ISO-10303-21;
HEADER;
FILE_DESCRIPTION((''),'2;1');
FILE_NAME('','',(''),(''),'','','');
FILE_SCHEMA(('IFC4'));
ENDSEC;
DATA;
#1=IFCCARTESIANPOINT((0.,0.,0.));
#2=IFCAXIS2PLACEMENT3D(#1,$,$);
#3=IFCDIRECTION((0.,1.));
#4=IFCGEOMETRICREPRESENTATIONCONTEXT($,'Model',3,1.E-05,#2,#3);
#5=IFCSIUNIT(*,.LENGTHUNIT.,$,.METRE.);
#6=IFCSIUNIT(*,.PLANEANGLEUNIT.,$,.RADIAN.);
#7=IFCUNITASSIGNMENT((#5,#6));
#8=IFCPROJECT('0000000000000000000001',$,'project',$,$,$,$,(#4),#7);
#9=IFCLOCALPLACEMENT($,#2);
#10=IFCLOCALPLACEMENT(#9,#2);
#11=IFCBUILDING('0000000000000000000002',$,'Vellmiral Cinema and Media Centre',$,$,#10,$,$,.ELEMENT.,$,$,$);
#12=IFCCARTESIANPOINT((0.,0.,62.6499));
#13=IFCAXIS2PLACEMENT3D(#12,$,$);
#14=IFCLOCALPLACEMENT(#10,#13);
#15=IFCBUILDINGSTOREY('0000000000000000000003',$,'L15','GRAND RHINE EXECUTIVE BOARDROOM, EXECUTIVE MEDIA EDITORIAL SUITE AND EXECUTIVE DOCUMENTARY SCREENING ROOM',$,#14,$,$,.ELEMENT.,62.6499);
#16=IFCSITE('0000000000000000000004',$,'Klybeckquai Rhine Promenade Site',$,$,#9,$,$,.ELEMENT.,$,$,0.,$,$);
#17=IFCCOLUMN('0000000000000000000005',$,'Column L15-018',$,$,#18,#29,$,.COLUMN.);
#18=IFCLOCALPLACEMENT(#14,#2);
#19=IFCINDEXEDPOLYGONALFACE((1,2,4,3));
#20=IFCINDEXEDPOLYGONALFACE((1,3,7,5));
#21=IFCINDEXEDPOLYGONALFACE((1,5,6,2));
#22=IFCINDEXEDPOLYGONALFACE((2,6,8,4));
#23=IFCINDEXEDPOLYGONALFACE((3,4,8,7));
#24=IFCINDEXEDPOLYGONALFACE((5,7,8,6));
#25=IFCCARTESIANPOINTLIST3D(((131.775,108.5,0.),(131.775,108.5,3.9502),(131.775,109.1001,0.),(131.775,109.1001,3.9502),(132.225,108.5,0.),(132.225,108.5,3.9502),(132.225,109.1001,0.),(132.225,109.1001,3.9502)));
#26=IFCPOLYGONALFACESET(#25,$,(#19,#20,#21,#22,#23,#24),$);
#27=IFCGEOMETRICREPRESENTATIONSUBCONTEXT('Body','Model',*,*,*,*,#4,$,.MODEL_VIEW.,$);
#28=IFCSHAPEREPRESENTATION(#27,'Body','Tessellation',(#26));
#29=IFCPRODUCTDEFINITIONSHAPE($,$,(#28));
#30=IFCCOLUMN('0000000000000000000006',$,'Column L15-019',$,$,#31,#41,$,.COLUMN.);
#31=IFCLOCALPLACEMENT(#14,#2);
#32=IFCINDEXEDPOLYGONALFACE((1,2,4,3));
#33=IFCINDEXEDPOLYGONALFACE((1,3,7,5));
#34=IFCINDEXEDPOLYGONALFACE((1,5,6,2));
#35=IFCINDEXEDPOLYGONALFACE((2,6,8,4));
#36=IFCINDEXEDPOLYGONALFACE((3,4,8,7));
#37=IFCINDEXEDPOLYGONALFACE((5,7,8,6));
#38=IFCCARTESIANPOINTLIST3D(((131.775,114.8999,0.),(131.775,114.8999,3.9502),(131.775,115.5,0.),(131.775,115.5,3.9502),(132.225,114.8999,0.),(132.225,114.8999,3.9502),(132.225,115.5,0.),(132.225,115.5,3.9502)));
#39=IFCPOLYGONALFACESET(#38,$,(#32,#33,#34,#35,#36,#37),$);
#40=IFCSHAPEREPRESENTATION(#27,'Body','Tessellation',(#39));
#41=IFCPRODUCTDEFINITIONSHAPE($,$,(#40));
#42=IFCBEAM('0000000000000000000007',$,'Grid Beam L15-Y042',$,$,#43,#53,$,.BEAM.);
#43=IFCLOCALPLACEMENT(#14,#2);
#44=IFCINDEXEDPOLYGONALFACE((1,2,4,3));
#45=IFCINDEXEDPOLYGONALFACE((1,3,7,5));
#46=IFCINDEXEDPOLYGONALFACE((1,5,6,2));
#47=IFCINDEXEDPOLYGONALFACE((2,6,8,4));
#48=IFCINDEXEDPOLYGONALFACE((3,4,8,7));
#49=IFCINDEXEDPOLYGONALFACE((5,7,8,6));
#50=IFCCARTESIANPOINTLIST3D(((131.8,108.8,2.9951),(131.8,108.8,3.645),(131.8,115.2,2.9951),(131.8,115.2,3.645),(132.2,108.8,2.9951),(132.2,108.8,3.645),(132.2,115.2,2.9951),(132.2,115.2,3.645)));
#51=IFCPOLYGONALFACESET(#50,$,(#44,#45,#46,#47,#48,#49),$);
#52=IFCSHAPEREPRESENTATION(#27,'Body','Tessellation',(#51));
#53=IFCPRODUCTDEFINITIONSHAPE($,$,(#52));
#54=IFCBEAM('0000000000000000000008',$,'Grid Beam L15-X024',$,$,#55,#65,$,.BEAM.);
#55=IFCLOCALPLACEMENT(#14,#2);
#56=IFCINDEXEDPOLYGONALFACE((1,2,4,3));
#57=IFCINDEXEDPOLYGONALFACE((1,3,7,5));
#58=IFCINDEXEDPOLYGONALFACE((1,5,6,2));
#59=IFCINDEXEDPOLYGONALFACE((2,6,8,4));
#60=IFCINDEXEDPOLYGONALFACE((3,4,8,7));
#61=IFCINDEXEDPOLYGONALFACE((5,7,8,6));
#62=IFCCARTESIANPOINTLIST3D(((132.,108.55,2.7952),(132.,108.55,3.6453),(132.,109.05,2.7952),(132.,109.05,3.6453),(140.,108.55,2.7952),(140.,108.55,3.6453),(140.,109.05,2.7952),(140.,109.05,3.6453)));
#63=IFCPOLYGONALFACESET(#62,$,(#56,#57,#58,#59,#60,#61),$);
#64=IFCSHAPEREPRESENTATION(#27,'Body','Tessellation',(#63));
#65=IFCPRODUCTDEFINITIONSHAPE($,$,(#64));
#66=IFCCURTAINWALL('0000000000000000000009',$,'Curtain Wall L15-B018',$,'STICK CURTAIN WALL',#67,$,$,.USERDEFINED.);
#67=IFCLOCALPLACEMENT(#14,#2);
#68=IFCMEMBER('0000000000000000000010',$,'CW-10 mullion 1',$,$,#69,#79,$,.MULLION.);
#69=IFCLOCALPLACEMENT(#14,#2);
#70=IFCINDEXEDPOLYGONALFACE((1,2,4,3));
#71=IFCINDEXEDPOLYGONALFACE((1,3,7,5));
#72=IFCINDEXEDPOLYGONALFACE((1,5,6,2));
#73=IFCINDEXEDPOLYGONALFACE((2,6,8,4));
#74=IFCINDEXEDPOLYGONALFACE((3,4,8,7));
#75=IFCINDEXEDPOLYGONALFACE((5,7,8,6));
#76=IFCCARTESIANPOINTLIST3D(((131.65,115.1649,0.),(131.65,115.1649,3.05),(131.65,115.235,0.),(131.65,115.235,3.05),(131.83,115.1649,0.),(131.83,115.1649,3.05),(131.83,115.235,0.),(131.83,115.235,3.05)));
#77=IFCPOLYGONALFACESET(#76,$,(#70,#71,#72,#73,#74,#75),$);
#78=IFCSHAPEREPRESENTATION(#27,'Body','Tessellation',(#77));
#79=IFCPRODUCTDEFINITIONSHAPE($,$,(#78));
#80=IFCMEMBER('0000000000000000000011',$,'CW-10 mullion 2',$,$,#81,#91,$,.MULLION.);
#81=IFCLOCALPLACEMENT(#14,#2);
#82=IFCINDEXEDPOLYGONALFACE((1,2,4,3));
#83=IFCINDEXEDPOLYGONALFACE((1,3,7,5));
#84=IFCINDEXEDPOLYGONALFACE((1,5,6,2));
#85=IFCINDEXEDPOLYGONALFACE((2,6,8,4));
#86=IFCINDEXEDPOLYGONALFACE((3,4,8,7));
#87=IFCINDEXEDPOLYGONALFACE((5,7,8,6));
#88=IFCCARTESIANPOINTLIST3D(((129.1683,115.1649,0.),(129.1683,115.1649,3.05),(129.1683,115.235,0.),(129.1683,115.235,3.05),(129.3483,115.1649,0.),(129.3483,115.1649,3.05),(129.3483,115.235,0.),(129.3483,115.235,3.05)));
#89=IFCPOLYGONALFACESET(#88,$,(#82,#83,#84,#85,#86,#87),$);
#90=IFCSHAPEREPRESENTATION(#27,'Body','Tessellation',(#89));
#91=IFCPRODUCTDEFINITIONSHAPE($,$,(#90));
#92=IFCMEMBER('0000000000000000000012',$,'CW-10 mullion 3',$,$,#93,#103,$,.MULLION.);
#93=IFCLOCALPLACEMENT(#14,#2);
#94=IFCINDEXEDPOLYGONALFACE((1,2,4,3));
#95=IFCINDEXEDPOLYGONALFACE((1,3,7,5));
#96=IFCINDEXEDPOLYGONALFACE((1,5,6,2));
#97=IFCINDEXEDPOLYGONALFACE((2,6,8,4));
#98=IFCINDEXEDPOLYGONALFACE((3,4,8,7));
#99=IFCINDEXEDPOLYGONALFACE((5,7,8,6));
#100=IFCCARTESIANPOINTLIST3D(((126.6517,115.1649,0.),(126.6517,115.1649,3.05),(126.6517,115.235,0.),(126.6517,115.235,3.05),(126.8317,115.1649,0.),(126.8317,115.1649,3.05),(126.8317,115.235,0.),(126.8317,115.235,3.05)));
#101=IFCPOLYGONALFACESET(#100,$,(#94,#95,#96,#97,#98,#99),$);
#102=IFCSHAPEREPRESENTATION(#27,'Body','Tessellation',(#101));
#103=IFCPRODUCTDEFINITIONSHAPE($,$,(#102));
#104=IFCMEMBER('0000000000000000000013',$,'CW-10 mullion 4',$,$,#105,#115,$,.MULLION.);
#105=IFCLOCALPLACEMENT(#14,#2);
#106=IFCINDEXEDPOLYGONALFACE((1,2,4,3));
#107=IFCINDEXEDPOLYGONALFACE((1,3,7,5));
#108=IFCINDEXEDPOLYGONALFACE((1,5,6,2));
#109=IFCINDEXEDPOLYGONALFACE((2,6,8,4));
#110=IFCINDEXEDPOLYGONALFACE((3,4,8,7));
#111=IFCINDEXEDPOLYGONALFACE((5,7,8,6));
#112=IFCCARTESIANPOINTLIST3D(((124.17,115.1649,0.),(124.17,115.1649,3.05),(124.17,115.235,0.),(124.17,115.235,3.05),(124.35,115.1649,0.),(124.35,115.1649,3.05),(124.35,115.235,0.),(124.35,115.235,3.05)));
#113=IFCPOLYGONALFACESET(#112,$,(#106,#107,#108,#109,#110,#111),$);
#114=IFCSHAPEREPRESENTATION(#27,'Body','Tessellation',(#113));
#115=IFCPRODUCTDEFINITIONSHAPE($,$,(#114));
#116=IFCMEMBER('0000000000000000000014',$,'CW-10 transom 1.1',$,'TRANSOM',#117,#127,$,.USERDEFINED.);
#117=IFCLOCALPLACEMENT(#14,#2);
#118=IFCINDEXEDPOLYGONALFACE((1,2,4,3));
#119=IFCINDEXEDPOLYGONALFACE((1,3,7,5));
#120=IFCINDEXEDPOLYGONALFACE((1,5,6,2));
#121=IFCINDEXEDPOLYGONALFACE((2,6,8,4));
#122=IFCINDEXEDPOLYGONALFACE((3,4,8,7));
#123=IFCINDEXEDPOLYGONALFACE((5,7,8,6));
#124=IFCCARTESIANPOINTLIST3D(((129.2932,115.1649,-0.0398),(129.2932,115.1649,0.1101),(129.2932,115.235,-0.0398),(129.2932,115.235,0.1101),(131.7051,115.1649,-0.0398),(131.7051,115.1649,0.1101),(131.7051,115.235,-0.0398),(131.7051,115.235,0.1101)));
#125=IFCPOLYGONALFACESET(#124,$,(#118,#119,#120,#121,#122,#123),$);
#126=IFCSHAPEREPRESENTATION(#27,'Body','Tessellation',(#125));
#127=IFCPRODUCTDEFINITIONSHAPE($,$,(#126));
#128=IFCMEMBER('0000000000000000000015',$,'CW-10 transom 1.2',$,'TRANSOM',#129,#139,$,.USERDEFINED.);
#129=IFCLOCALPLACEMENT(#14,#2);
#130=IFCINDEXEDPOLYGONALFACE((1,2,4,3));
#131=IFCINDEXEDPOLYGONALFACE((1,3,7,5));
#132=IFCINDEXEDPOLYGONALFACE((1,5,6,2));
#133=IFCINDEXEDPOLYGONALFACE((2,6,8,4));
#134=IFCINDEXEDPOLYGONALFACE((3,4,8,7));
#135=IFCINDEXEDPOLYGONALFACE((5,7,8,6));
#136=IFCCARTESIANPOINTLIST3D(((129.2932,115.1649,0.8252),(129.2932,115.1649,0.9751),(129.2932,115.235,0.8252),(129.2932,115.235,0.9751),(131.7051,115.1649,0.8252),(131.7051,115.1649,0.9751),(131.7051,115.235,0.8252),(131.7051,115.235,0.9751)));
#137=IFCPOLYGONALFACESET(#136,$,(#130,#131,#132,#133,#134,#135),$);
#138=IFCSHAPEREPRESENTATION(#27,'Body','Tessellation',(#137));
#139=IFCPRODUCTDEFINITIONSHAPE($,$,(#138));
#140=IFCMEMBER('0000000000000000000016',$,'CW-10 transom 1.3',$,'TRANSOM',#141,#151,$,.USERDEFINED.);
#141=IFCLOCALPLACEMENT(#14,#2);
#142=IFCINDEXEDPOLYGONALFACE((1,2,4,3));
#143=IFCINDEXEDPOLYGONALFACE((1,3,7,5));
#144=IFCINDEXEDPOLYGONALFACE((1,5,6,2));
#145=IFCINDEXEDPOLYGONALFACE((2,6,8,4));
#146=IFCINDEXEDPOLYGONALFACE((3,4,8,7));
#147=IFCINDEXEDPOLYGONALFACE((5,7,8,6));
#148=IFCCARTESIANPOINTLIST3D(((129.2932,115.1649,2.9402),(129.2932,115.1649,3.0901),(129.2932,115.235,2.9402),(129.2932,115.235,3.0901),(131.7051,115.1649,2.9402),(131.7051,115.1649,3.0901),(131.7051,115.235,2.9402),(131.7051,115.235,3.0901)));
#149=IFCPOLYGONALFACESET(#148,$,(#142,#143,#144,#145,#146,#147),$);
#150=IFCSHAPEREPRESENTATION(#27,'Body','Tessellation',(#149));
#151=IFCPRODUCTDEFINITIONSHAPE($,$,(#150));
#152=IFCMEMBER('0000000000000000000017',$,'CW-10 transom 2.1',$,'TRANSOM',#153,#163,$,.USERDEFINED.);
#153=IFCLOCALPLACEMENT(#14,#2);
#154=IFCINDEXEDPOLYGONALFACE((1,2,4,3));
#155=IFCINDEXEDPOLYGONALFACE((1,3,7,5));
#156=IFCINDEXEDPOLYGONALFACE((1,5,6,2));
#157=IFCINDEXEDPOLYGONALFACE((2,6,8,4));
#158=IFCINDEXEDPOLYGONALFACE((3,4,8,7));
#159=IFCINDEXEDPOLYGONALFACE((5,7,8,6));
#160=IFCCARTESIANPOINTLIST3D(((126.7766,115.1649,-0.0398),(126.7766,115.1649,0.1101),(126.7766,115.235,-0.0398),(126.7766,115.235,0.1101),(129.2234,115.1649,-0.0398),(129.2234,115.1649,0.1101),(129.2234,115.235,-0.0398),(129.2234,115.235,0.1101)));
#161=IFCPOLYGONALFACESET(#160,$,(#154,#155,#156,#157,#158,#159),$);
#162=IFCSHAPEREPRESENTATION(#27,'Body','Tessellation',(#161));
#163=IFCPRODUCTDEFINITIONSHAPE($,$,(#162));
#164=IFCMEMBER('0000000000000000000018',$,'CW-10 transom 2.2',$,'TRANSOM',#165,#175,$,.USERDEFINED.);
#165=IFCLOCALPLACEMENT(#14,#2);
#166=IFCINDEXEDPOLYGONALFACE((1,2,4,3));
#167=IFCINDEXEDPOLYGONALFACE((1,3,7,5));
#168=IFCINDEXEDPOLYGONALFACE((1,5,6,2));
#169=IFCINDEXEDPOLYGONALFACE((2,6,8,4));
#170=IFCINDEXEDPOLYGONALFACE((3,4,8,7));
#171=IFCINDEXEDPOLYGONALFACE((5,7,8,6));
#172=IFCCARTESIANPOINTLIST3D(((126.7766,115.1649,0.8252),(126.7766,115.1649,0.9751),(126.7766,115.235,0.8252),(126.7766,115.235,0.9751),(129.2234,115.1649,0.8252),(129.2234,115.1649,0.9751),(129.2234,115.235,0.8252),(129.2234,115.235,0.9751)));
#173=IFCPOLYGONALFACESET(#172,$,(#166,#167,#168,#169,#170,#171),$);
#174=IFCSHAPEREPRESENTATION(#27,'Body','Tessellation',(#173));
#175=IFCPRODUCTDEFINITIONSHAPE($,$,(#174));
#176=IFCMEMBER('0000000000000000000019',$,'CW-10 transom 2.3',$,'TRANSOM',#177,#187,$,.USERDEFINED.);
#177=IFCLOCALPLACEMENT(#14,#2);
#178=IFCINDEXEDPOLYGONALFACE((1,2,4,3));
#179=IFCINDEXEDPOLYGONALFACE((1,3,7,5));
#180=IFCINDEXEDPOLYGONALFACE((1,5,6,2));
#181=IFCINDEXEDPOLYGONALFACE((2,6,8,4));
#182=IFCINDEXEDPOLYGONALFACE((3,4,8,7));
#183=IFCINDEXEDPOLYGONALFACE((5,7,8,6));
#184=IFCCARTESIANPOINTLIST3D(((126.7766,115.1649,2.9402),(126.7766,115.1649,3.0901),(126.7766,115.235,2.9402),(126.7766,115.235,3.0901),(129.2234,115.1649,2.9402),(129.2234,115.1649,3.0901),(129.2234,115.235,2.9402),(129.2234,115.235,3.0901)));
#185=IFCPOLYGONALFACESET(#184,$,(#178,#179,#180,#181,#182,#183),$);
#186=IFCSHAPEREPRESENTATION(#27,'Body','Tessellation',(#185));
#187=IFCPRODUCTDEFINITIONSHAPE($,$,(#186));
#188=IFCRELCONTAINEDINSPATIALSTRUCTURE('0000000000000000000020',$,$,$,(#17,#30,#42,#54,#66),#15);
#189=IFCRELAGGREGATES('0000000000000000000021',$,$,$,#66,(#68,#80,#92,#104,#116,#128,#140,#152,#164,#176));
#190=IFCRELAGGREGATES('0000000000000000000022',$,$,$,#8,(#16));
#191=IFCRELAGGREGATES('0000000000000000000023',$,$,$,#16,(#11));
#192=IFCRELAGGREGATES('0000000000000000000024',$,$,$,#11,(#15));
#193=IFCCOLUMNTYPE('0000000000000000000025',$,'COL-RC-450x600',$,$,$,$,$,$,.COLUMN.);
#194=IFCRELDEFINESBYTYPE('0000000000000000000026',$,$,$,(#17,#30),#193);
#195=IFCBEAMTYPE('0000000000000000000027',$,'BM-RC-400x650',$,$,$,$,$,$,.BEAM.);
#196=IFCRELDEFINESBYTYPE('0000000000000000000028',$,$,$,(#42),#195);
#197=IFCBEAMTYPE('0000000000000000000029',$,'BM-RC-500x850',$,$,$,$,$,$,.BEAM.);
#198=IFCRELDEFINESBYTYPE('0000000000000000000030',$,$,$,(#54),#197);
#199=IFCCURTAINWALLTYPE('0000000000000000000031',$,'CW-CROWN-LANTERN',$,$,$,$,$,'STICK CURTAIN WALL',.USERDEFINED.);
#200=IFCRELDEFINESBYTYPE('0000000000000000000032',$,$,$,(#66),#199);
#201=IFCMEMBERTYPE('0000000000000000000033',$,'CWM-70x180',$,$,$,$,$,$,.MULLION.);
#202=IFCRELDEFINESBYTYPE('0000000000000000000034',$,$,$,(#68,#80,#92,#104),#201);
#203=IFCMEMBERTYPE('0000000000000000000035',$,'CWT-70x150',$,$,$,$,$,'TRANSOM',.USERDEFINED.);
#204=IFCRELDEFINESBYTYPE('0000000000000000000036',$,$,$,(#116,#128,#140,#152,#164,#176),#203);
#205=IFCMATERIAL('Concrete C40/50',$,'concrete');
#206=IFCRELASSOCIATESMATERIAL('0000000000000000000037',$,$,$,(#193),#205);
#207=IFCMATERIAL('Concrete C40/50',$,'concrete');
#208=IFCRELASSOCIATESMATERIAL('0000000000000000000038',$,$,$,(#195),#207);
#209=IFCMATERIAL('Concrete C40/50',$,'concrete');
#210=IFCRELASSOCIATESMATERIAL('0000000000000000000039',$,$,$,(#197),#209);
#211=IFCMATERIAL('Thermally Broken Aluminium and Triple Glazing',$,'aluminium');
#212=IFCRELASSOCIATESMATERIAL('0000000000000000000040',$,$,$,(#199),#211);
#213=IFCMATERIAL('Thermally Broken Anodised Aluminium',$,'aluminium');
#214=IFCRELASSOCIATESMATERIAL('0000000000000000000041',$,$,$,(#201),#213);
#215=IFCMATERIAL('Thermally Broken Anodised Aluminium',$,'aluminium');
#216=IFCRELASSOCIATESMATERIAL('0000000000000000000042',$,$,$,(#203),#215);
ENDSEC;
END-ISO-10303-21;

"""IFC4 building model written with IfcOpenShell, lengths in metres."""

from ifc_helpers import new_model, si_unit, direction, frame, origin, origin_2d, place, context, subcontext, project, spatial, rectangle, extrude, material, material_profile, profile_set, type_object, element, aggregate, save


model = new_model("IFC4")

# Units and contexts
model_context = context("Model", 3, precision=1e-05, world=origin(), true_north=direction((0.0, 1.0)))
body_context = subcontext(model_context, "Body", "Model", "MODEL_VIEW")
ifc_project = project(units=[si_unit("LENGTHUNIT", "METRE"), si_unit("PLANEANGLEUNIT", "RADIAN")], contexts=[model_context])

# Site, building, storey
site_placement = place(None, origin())
site = spatial("IfcSite", under=ifc_project, at=site_placement, Name="Klybeckquai Rhine Promenade Site", CompositionType="ELEMENT", RefElevation=0.0)
building_placement = place(site_placement, origin())
building = spatial("IfcBuilding", under=site, at=building_placement, Name="Vellmiral Cinema and Media Centre", CompositionType="ELEMENT")
storey_placement = place(building_placement, frame((0.0, 0.0, 62.6499)))
storey = spatial("IfcBuildingStorey", under=building, at=storey_placement, Name="L15", Description="GRAND RHINE EXECUTIVE BOARDROOM, EXECUTIVE MEDIA EDITORIAL SUITE AND EXECUTIVE DOCUMENTARY SCREENING ROOM", CompositionType="ELEMENT", Elevation=62.6499)

# Columns
ifc_material_1 = material(Name="Concrete C40/50", Category="concrete")
ifc_material_profile_1 = material_profile(ifc_material_1, rectangle(XDim=0.45, YDim=0.6001, at=origin_2d()), Name="RC 450x600")
ifc_profile_set_1 = profile_set([ifc_material_profile_1], Name="Concrete C40/50")
column_type = type_object("IfcColumnType", Name="COL-RC-450x600", PredefinedType="COLUMN", material=ifc_profile_set_1)
for number, where, z_axis, x_axis, name in (
    (1, (132.0, 108.8, 0.0), (0.0, 0.0, 1.0), (1.0, 0.0, 0.0), "Column L15-018"),
    (2, (132.0, 115.2, 0.0), (0.0, 0.0, 1.0), (1.0, 0.0, 0.0), "Column L15-019"),
):
    element("IfcColumn", number, at=place(storey_placement, frame(where, z_axis=z_axis, x_axis=x_axis)), inside=storey, type_object=column_type, Name=name, PredefinedType="COLUMN", context=body_context, shape_type="SweptSolid", body=[
        extrude(rectangle(XDim=0.45, YDim=0.6001, at=origin_2d()), origin(), (0.0, 0.0, 1.0), 3.9502),
    ])

# Beams
ifc_material_2 = material(Name="Concrete C40/50", Category="concrete")
ifc_material_profile_2 = material_profile(ifc_material_2, rectangle(XDim=0.3999, YDim=0.6499, at=origin_2d()), Name="RC 400x650")
ifc_profile_set_2 = profile_set([ifc_material_profile_2], Name="Concrete C40/50")
beam_type_1 = type_object("IfcBeamType", Name="BM-RC-400x650", PredefinedType="BEAM", material=ifc_profile_set_2)
beam_1_placement = place(storey_placement, frame((132.0, 108.8, 3.3201), z_axis=(0.0, 1.0, 0.0), x_axis=(-1.0, 0.0, 0.0)))
element("IfcBeam", 3, at=beam_1_placement, inside=storey, type_object=beam_type_1, Name="Grid Beam L15-Y042", PredefinedType="BEAM", context=body_context, shape_type="SweptSolid", body=[
    extrude(rectangle(XDim=0.3999, YDim=0.6499, at=origin_2d()), origin(), (0.0, 0.0, 1.0), 6.3999),
])
ifc_material_3 = material(Name="Concrete C40/50", Category="concrete")
ifc_material_profile_3 = material_profile(ifc_material_3, rectangle(XDim=0.5, YDim=0.8501, at=origin_2d()), Name="RC 500x850")
ifc_profile_set_3 = profile_set([ifc_material_profile_3], Name="Concrete C40/50")
beam_type_2 = type_object("IfcBeamType", Name="BM-RC-500x850", PredefinedType="BEAM", material=ifc_profile_set_3)
beam_2_placement = place(storey_placement, frame((132.0, 108.8, 3.2202), z_axis=(1.0, 0.0, 0.0), x_axis=(0.0, 1.0, 0.0)))
element("IfcBeam", 4, at=beam_2_placement, inside=storey, type_object=beam_type_2, Name="Grid Beam L15-X024", PredefinedType="BEAM", context=body_context, shape_type="SweptSolid", body=[
    extrude(rectangle(XDim=0.5, YDim=0.8501, at=origin_2d()), origin(), (0.0, 0.0, 1.0), 8.0),
])

# Curtain wall, members
ifc_material_4 = material(Name="Thermally Broken Aluminium and Triple Glazing", Category="aluminium")
curtain_wall_type = type_object("IfcCurtainWallType", Name="CW-CROWN-LANTERN", ElementType="STICK CURTAIN WALL", PredefinedType="USERDEFINED", material=ifc_material_4)
curtain_wall_placement = place(storey_placement, origin())
curtain_wall = element("IfcCurtainWall", 5, at=curtain_wall_placement, inside=storey, type_object=curtain_wall_type, Name="Curtain Wall L15-B018", ObjectType="STICK CURTAIN WALL", PredefinedType="USERDEFINED")
ifc_material_5 = material(Name="Thermally Broken Anodised Aluminium", Category="aluminium")
ifc_material_profile_4 = material_profile(ifc_material_5, rectangle(XDim=0.0701, YDim=0.1799, at=origin_2d()), Name="MULL 70x180")
ifc_profile_set_4 = profile_set([ifc_material_profile_4], Name="Thermally Broken Anodised Aluminium")
member_type_1 = type_object("IfcMemberType", Name="CWM-70x180", PredefinedType="MULLION", material=ifc_profile_set_4)
member_1_placement = place(storey_placement, frame((131.74, 115.2, 0.0), z_axis=(0.0, 0.0, 1.0), x_axis=(0.0, -1.0, 0.0)))
member_1 = element("IfcMember", 6, at=member_1_placement, type_object=member_type_1, Name="CW-10 mullion 1", PredefinedType="MULLION", context=body_context, shape_type="SweptSolid", body=[
    extrude(rectangle(XDim=0.0701, YDim=0.1799, at=origin_2d()), origin(), (0.0, 0.0, 1.0), 3.05),
])
member_2_placement = place(storey_placement, frame((129.2583, 115.2, 0.0), z_axis=(0.0, 0.0, 1.0), x_axis=(0.0, -1.0, 0.0)))
member_2 = element("IfcMember", 7, at=member_2_placement, type_object=member_type_1, Name="CW-10 mullion 2", PredefinedType="MULLION", context=body_context, shape_type="SweptSolid", body=[
    extrude(rectangle(XDim=0.0701, YDim=0.1799, at=origin_2d()), origin(), (0.0, 0.0, 1.0), 3.05),
])
member_3_placement = place(storey_placement, frame((126.7417, 115.2, 0.0), z_axis=(0.0, 0.0, 1.0), x_axis=(0.0, -1.0, 0.0)))
member_3 = element("IfcMember", 8, at=member_3_placement, type_object=member_type_1, Name="CW-10 mullion 3", PredefinedType="MULLION", context=body_context, shape_type="SweptSolid", body=[
    extrude(rectangle(XDim=0.0701, YDim=0.1799, at=origin_2d()), origin(), (0.0, 0.0, 1.0), 3.05),
])
member_4_placement = place(storey_placement, frame((124.26, 115.2, 0.0), z_axis=(0.0, 0.0, 1.0), x_axis=(0.0, -1.0, 0.0)))
member_4 = element("IfcMember", 9, at=member_4_placement, type_object=member_type_1, Name="CW-10 mullion 4", PredefinedType="MULLION", context=body_context, shape_type="SweptSolid", body=[
    extrude(rectangle(XDim=0.0701, YDim=0.1799, at=origin_2d()), origin(), (0.0, 0.0, 1.0), 3.05),
])
ifc_material_6 = material(Name="Thermally Broken Anodised Aluminium", Category="aluminium")
ifc_material_profile_5 = material_profile(ifc_material_6, rectangle(XDim=0.0701, YDim=0.1499, at=origin_2d()), Name="MULL 70x150")
ifc_profile_set_5 = profile_set([ifc_material_profile_5], Name="Thermally Broken Anodised Aluminium")
member_type_2 = type_object("IfcMemberType", Name="CWT-70x150", ElementType="TRANSOM", PredefinedType="USERDEFINED", material=ifc_profile_set_5)
member_5_placement = place(storey_placement, frame((131.7051, 115.2, 0.0352), z_axis=(-1.0, 0.0, 0.0), x_axis=(0.0, -1.0, 0.0)))
member_5 = element("IfcMember", 10, at=member_5_placement, type_object=member_type_2, Name="CW-10 transom 1.1", ObjectType="TRANSOM", PredefinedType="USERDEFINED", context=body_context, shape_type="SweptSolid", body=[
    extrude(rectangle(XDim=0.0701, YDim=0.1499, at=origin_2d()), origin(), (0.0, 0.0, 1.0), 2.4119),
])
member_6_placement = place(storey_placement, frame((131.7051, 115.2, 0.9001), z_axis=(-1.0, 0.0, 0.0), x_axis=(0.0, -1.0, 0.0)))
member_6 = element("IfcMember", 11, at=member_6_placement, type_object=member_type_2, Name="CW-10 transom 1.2", ObjectType="TRANSOM", PredefinedType="USERDEFINED", context=body_context, shape_type="SweptSolid", body=[
    extrude(rectangle(XDim=0.0701, YDim=0.1499, at=origin_2d()), origin(), (0.0, 0.0, 1.0), 2.4119),
])
member_7_placement = place(storey_placement, frame((131.7051, 115.2, 3.0151), z_axis=(-1.0, 0.0, 0.0), x_axis=(0.0, -1.0, 0.0)))
member_7 = element("IfcMember", 12, at=member_7_placement, type_object=member_type_2, Name="CW-10 transom 1.3", ObjectType="TRANSOM", PredefinedType="USERDEFINED", context=body_context, shape_type="SweptSolid", body=[
    extrude(rectangle(XDim=0.0701, YDim=0.1499, at=origin_2d()), origin(), (0.0, 0.0, 1.0), 2.4119),
])
member_8_placement = place(storey_placement, frame((129.2234, 115.2, 0.0352), z_axis=(-1.0, 0.0, 0.0), x_axis=(0.0, -1.0, 0.0)))
member_8 = element("IfcMember", 13, at=member_8_placement, type_object=member_type_2, Name="CW-10 transom 2.1", ObjectType="TRANSOM", PredefinedType="USERDEFINED", context=body_context, shape_type="SweptSolid", body=[
    extrude(rectangle(XDim=0.0701, YDim=0.1499, at=origin_2d()), origin(), (0.0, 0.0, 1.0), 2.4468),
])
member_9_placement = place(storey_placement, frame((129.2234, 115.2, 0.9001), z_axis=(-1.0, 0.0, 0.0), x_axis=(0.0, -1.0, 0.0)))
member_9 = element("IfcMember", 14, at=member_9_placement, type_object=member_type_2, Name="CW-10 transom 2.2", ObjectType="TRANSOM", PredefinedType="USERDEFINED", context=body_context, shape_type="SweptSolid", body=[
    extrude(rectangle(XDim=0.0701, YDim=0.1499, at=origin_2d()), origin(), (0.0, 0.0, 1.0), 2.4468),
])
member_10_placement = place(storey_placement, frame((129.2234, 115.2, 3.0151), z_axis=(-1.0, 0.0, 0.0), x_axis=(0.0, -1.0, 0.0)))
member_10 = element("IfcMember", 15, at=member_10_placement, type_object=member_type_2, Name="CW-10 transom 2.3", ObjectType="TRANSOM", PredefinedType="USERDEFINED", context=body_context, shape_type="SweptSolid", body=[
    extrude(rectangle(XDim=0.0701, YDim=0.1499, at=origin_2d()), origin(), (0.0, 0.0, 1.0), 2.4468),
])

aggregate(curtain_wall, [member_1, member_2, member_3, member_4, member_5, member_6, member_7, member_8, member_9, member_10])

save(model, "model.ifc")
